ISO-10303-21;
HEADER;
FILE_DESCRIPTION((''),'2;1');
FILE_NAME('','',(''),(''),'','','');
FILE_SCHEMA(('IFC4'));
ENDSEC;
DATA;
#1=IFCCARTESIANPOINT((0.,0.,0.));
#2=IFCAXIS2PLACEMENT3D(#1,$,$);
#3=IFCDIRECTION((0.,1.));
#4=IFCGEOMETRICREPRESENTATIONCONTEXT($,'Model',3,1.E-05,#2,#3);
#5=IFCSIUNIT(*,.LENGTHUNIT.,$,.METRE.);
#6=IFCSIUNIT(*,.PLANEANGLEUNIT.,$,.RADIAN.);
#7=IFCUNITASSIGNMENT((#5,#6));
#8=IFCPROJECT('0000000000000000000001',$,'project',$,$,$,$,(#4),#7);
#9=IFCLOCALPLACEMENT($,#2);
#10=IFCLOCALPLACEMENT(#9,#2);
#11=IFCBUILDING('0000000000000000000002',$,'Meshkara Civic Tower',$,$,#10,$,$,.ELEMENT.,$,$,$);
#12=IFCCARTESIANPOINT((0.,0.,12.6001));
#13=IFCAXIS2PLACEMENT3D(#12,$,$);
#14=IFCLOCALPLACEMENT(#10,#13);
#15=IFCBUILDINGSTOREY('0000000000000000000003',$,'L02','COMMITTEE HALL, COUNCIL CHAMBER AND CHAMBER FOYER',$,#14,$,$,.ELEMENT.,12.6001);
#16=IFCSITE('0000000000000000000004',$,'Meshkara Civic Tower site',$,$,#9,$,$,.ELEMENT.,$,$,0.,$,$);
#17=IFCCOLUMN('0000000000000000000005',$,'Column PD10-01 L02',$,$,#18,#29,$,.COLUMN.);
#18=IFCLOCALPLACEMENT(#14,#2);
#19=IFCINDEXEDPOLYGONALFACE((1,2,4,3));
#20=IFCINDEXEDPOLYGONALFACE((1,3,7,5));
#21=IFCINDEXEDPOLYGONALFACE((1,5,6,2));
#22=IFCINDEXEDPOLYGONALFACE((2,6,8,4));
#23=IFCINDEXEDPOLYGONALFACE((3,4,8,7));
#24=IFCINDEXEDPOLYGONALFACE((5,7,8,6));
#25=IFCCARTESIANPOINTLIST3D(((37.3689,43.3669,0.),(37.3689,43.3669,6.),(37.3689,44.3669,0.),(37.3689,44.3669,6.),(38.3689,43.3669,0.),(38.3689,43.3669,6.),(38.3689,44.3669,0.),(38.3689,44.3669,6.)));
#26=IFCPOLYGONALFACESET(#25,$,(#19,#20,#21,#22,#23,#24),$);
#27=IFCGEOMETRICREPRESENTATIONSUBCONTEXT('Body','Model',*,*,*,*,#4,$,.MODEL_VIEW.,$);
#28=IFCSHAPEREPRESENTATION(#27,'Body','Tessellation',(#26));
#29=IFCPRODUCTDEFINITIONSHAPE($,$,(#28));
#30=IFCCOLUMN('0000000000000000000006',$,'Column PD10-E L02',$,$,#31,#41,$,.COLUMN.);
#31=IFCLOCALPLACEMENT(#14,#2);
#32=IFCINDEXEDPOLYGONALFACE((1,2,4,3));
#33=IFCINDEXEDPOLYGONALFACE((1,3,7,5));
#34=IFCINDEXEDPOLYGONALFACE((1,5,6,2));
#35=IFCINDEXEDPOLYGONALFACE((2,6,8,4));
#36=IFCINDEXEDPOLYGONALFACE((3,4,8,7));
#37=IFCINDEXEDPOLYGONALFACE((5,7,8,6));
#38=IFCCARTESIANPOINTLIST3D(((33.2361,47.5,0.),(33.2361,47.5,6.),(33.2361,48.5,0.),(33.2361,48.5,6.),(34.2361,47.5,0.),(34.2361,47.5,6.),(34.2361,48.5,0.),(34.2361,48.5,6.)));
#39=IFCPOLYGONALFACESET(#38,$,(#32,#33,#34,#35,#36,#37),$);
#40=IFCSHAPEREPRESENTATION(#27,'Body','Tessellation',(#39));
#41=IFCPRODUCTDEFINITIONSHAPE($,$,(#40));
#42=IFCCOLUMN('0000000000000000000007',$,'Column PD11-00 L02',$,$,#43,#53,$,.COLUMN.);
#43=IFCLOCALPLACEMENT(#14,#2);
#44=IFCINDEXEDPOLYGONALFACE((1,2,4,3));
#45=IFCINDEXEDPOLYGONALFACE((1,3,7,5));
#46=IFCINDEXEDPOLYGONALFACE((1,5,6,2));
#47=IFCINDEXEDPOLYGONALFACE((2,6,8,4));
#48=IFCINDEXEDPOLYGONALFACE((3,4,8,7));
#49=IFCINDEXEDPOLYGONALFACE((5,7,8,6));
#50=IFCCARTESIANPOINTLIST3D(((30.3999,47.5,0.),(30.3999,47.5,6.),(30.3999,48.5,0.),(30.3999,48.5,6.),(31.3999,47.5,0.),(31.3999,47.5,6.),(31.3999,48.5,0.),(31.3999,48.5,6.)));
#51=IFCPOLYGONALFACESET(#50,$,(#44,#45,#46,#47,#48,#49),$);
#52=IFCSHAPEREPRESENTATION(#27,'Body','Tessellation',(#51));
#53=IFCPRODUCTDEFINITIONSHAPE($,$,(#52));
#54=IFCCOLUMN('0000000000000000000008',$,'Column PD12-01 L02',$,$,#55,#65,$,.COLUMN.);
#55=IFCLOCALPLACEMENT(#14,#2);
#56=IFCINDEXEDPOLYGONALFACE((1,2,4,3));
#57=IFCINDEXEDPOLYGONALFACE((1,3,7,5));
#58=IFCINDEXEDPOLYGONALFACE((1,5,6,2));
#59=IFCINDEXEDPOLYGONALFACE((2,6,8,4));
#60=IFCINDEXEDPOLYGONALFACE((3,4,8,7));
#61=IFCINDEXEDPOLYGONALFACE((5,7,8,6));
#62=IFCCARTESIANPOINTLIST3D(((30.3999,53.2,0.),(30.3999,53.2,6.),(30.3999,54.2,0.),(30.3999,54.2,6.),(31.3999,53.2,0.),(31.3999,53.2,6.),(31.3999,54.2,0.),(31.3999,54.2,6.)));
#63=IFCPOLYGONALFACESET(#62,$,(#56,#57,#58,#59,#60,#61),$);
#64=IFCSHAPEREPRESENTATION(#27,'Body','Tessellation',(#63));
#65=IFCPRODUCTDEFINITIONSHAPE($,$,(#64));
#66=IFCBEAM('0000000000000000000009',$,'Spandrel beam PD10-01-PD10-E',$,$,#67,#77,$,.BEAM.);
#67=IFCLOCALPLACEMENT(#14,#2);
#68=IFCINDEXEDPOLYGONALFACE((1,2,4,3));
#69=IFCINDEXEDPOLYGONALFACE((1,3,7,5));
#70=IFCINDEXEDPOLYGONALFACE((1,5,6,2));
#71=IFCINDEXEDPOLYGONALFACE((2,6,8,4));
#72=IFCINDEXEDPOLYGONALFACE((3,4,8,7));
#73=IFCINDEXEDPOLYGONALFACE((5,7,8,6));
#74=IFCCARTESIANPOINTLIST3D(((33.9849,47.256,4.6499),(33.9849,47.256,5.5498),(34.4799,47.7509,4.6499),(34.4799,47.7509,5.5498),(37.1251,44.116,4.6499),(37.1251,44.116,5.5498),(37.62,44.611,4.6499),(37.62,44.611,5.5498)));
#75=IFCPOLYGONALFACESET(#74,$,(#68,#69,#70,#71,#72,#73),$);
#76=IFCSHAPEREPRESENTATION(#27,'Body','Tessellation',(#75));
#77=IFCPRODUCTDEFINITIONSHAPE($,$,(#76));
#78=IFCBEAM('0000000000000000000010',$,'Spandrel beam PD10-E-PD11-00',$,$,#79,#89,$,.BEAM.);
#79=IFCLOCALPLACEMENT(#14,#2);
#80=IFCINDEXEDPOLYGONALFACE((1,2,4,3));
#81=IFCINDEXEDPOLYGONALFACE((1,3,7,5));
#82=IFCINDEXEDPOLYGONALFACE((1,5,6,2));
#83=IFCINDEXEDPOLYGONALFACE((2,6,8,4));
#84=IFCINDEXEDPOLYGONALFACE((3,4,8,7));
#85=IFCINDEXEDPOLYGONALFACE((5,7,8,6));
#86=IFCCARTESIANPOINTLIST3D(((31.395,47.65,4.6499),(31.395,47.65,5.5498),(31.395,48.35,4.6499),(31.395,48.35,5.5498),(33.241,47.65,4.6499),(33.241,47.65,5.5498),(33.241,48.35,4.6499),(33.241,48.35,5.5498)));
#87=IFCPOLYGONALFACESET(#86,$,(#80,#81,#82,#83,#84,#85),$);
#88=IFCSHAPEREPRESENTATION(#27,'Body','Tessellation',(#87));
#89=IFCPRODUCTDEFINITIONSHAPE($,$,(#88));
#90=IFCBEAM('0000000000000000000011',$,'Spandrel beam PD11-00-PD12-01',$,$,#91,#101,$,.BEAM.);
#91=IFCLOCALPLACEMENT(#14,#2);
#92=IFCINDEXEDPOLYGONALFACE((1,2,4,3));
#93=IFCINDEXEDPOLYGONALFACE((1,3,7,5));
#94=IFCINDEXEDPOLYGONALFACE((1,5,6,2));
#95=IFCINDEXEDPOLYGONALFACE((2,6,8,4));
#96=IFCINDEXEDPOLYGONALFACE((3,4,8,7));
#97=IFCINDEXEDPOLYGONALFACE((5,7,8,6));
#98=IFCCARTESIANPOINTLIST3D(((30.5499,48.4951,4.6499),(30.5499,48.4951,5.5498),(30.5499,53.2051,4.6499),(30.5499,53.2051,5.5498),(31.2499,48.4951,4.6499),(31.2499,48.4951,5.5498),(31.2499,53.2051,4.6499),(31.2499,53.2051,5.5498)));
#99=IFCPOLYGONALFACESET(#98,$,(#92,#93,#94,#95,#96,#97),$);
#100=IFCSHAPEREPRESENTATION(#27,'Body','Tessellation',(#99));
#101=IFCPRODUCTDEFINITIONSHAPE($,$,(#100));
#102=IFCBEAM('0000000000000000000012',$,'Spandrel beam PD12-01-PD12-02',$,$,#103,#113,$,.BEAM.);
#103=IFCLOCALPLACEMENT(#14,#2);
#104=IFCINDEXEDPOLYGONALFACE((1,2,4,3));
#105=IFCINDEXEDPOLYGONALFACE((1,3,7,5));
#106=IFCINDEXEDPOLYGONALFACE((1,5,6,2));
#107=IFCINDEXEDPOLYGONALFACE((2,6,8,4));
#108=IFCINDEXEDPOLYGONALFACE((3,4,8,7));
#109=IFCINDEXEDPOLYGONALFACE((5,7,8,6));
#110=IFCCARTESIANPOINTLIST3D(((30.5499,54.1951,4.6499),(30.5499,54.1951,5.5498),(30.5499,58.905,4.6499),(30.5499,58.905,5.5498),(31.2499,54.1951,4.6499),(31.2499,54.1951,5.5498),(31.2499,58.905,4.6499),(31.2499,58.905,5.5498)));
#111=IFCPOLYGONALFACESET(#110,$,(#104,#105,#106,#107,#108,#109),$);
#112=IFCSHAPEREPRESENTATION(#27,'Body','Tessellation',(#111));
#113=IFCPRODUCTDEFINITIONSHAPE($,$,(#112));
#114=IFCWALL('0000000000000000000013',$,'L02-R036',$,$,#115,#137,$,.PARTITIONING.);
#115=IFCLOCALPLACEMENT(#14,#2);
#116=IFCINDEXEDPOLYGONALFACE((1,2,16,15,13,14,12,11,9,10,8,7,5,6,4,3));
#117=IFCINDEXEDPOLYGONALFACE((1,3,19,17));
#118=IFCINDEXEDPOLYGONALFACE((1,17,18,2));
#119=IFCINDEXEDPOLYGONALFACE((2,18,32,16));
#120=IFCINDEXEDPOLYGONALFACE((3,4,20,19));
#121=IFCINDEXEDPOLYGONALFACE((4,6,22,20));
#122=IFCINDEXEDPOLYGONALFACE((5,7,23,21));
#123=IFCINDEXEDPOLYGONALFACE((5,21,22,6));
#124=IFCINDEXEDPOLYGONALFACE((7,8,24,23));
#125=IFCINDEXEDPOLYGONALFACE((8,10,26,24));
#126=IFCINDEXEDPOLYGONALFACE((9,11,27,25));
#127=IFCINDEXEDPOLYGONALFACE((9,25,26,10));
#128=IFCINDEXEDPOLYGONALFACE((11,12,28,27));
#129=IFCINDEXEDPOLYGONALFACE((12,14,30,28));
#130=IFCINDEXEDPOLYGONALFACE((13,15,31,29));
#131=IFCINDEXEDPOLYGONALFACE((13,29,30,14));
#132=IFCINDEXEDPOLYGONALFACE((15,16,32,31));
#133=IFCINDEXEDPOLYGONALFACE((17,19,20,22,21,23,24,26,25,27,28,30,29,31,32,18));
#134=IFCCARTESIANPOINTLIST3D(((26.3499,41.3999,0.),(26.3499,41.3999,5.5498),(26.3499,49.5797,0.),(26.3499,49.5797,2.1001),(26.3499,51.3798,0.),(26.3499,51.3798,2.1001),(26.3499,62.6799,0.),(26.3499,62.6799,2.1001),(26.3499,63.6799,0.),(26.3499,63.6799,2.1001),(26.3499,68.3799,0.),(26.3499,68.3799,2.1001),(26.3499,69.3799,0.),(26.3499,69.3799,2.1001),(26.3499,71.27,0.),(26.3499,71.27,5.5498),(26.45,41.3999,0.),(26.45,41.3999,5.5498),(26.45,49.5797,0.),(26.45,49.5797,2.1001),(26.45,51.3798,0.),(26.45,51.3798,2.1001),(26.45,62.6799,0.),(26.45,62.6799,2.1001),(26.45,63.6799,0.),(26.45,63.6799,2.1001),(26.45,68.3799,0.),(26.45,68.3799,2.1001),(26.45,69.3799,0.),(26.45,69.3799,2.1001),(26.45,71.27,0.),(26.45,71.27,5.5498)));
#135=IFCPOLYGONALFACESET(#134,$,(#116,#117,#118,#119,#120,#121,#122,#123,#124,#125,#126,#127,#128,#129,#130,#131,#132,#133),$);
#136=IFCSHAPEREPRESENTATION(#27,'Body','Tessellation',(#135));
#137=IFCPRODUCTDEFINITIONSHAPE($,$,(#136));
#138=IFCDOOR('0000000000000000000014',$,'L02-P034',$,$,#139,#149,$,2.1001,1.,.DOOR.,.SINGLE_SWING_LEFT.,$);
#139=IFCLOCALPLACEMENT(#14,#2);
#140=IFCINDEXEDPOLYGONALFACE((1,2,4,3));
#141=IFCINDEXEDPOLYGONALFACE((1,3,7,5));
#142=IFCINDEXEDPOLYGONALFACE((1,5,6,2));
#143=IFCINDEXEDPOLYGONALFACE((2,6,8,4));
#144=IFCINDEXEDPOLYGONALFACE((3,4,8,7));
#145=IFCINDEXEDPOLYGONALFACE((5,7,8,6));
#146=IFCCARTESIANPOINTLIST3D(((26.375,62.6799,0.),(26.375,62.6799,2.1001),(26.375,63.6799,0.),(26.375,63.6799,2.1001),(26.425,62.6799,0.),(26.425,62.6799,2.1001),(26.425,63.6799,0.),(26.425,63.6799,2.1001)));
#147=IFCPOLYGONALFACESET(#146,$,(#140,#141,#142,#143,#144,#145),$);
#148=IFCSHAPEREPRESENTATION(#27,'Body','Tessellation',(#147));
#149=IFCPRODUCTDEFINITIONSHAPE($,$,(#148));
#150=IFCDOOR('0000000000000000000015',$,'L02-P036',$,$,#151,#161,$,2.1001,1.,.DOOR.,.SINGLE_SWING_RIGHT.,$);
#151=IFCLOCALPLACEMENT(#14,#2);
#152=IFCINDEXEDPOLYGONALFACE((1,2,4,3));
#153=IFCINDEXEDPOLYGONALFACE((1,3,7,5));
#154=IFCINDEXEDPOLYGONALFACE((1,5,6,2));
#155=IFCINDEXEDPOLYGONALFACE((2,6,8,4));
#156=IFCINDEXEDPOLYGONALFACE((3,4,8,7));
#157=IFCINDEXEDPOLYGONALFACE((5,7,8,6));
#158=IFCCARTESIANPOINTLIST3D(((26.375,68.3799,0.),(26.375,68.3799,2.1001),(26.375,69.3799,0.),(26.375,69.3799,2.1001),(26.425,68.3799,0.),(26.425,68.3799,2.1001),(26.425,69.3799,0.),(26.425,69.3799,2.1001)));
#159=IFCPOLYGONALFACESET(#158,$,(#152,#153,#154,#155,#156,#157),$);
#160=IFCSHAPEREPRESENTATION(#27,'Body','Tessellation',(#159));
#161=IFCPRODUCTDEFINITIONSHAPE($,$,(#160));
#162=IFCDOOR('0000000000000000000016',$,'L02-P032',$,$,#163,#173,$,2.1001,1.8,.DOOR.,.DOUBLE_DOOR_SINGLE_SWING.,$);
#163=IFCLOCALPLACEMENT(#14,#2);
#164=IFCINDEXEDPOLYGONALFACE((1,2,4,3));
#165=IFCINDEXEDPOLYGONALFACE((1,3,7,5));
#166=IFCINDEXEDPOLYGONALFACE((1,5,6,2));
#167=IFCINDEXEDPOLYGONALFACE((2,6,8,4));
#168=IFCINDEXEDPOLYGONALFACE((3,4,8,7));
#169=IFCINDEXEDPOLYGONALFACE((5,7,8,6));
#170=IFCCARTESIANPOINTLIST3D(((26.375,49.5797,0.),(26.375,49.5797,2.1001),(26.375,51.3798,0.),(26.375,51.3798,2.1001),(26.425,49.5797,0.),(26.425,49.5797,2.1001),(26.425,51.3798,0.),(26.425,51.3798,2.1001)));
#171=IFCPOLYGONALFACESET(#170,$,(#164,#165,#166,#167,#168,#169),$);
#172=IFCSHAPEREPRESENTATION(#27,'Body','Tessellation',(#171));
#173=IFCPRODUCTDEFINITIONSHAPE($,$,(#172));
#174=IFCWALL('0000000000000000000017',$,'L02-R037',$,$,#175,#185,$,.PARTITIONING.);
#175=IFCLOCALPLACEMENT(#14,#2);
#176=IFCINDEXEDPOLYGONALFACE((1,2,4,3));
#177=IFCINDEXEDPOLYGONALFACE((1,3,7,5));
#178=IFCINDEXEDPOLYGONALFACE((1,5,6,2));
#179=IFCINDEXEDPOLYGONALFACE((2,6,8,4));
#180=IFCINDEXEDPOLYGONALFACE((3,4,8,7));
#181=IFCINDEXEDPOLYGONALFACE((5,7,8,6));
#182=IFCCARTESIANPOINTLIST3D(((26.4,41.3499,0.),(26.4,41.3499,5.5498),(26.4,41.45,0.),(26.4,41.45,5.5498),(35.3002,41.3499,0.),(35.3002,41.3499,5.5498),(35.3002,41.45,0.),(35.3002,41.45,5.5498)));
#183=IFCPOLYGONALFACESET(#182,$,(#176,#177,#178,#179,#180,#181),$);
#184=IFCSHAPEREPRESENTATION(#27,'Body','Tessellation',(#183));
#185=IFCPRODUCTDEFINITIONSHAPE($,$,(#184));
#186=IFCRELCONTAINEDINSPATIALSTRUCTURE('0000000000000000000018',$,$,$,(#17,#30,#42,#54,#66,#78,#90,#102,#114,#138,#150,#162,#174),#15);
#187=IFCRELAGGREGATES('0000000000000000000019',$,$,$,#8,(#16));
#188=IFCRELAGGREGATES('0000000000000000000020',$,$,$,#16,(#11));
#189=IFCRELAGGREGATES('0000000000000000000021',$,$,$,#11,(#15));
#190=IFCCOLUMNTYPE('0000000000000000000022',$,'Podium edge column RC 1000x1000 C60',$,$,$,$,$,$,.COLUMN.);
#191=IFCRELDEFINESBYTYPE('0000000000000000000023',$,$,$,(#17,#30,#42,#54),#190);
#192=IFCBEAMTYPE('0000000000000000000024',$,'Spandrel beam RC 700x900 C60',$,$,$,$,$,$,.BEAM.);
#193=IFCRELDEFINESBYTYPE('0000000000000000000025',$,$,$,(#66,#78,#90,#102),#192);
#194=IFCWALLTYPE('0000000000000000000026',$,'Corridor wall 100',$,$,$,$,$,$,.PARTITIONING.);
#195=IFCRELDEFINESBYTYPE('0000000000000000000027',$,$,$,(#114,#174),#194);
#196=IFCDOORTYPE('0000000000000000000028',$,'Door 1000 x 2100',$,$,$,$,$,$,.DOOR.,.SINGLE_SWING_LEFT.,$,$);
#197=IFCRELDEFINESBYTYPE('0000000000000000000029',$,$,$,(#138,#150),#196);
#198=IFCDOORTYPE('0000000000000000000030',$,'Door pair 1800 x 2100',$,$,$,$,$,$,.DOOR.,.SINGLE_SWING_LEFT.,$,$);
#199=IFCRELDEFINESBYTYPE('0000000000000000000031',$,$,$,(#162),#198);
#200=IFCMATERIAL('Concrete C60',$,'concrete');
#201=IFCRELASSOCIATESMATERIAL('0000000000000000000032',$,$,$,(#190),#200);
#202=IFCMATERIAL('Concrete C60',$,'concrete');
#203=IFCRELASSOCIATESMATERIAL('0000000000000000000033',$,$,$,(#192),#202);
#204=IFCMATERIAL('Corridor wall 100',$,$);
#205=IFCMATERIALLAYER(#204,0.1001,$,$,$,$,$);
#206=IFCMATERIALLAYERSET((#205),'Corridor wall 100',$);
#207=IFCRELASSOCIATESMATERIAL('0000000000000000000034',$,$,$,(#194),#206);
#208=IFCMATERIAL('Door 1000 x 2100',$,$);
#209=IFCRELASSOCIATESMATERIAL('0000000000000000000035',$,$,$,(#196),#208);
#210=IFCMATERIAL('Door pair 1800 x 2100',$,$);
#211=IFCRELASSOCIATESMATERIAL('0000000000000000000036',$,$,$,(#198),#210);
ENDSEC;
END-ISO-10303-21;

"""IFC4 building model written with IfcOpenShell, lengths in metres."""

from ifc_helpers import new_model, si_unit, direction, frame, frame_2d, origin, origin_2d, place, context, subcontext, project, spatial, rectangle, extrude, material, layer, layer_set, material_profile, profile_set, type_object, element, fill, save


model = new_model("IFC4")

# Units and contexts
model_context = context("Model", 3, precision=1e-05, world=origin(), true_north=direction((0.0, 1.0)))
body_context = subcontext(model_context, "Body", "Model", "MODEL_VIEW")
ifc_project = project(units=[si_unit("LENGTHUNIT", "METRE"), si_unit("PLANEANGLEUNIT", "RADIAN")], contexts=[model_context])

# Site, building, storey
site_placement = place(None, origin())
site = spatial("IfcSite", under=ifc_project, at=site_placement, Name="Meshkara Civic Tower site", CompositionType="ELEMENT", RefElevation=0.0)
building_placement = place(site_placement, origin())
building = spatial("IfcBuilding", under=site, at=building_placement, Name="Meshkara Civic Tower", CompositionType="ELEMENT")
storey_placement = place(building_placement, frame((0.0, 0.0, 12.6001)))
storey = spatial("IfcBuildingStorey", under=building, at=storey_placement, Name="L02", Description="COMMITTEE HALL, COUNCIL CHAMBER AND CHAMBER FOYER", CompositionType="ELEMENT", Elevation=12.6001)

# Columns
ifc_material_1 = material(Name="Concrete C60", Category="concrete")
ifc_material_profile_1 = material_profile(ifc_material_1, rectangle(XDim=1.0, YDim=1.0, at=origin_2d()))
ifc_profile_set_1 = profile_set([ifc_material_profile_1], Name="Concrete C60")
column_type = type_object("IfcColumnType", Name="Podium edge column RC 1000x1000 C60", PredefinedType="COLUMN", material=ifc_profile_set_1)
for number, where, z_axis, x_axis, name in (
    (1, (37.8689, 43.8669, 0.0), (0.0, 0.0, 1.0), (1.0, 0.0, 0.0), "Column PD10-01 L02"),
    (2, (33.7361, 48.0, 0.0), (0.0, 0.0, 1.0), (1.0, 0.0, 0.0), "Column PD10-E L02"),
    (3, (30.8999, 48.0, 0.0), (0.0, 0.0, 1.0), (1.0, 0.0, 0.0), "Column PD11-00 L02"),
    (4, (30.8999, 53.7, 0.0), (0.0, 0.0, 1.0), (1.0, 0.0, 0.0), "Column PD12-01 L02"),
):
    element("IfcColumn", number, at=place(storey_placement, frame(where, z_axis=z_axis, x_axis=x_axis)), inside=storey, type_object=column_type, Name=name, PredefinedType="COLUMN", context=body_context, shape_type="SweptSolid", body=[
        extrude(rectangle(XDim=1.0, YDim=1.0, at=origin_2d()), origin(), (0.0, 0.0, 1.0), 6.0),
    ])

# Beams
ifc_material_2 = material(Name="Concrete C60", Category="concrete")
ifc_material_profile_2 = material_profile(ifc_material_2, rectangle(XDim=0.7, YDim=0.8999, at=origin_2d()))
ifc_profile_set_2 = profile_set([ifc_material_profile_2], Name="Concrete C60")
beam_type = type_object("IfcBeamType", Name="Spandrel beam RC 700x900 C60", PredefinedType="BEAM", material=ifc_profile_set_2)
beam_1_placement = place(storey_placement, frame((37.3726, 44.3635, 5.0999), z_axis=(-0.707134, 0.707079, 0.0), x_axis=(-0.707079, -0.707134, 0.0)))
element("IfcBeam", 5, at=beam_1_placement, inside=storey, type_object=beam_type, Name="Spandrel beam PD10-01-PD10-E", PredefinedType="BEAM", context=body_context, shape_type="SweptSolid", body=[
    extrude(rectangle(XDim=0.7, YDim=0.8999, at=origin_2d()), origin(), (0.0, 0.0, 1.0), 4.4407),
])
beam_2_placement = place(storey_placement, frame((33.241, 48.0, 5.0999), z_axis=(-1.0, 0.0, 0.0), x_axis=(0.0, -1.0, 0.0)))
element("IfcBeam", 6, at=beam_2_placement, inside=storey, type_object=beam_type, Name="Spandrel beam PD10-E-PD11-00", PredefinedType="BEAM", context=body_context, shape_type="SweptSolid", body=[
    extrude(rectangle(XDim=0.7, YDim=0.8999, at=origin_2d()), origin(), (0.0, 0.0, 1.0), 1.8459),
])
for number, where, z_axis, x_axis, name in (
    (7, (30.8999, 48.4951, 5.0999), (0.0, 1.0, 0.0), (-1.0, 0.0, 0.0), "Spandrel beam PD11-00-PD12-01"),
    (8, (30.8999, 54.1951, 5.0999), (0.0, 1.0, 0.0), (-1.0, 0.0, 0.0), "Spandrel beam PD12-01-PD12-02"),
):
    element("IfcBeam", number, at=place(storey_placement, frame(where, z_axis=z_axis, x_axis=x_axis)), inside=storey, type_object=beam_type, Name=name, PredefinedType="BEAM", context=body_context, shape_type="SweptSolid", body=[
        extrude(rectangle(XDim=0.7, YDim=0.8999, at=origin_2d()), origin(), (0.0, 0.0, 1.0), 4.71),
    ])

# Wall, openings, doors
ifc_material_3 = material(Name="Corridor wall 100")
ifc_layer_1 = layer(ifc_material_3, 0.1001)
ifc_layer_set_1 = layer_set([ifc_layer_1], Name="Corridor wall 100")
wall_type_1 = type_object("IfcWallType", Name="Corridor wall 100", PredefinedType="PARTITIONING", material=ifc_layer_set_1)
wall_1_placement = place(storey_placement, frame((26.3999, 41.3999, 0.0), z_axis=(0.0, 0.0, 1.0), x_axis=(0.0, 1.0, 0.0)))
wall_1 = element("IfcWall", 9, at=wall_1_placement, inside=storey, type_object=wall_type_1, Name="L02-R036", PredefinedType="PARTITIONING", context=body_context, shape_type="SweptSolid", body=[
    extrude(rectangle(XDim=29.8701, YDim=0.1001, at=frame_2d((14.9351, 0.0))), origin(), (0.0, 0.0, 1.0), 5.5498),
])
opening_1_placement = place(wall_1_placement, frame((8.1799, 0.0, 0.0)))
opening_1 = element("IfcOpeningElement", 10, at=opening_1_placement, cuts=wall_1, PredefinedType="OPENING", context=body_context, shape_type="SweptSolid", body=[
    extrude(rectangle(XDim=1.8, YDim=2.1001, at=frame_2d((0.8999, 1.05))), frame((0.0, 0.0601, 0.0), z_axis=(0.0, -1.0, 0.0), x_axis=(1.0, 0.0, 0.0)), (0.0, 0.0, 1.0), 0.1201),
])
opening_2_placement = place(wall_1_placement, frame((21.28, 0.0, 0.0)))
opening_2 = element("IfcOpeningElement", 11, at=opening_2_placement, cuts=wall_1, PredefinedType="OPENING", context=body_context, shape_type="SweptSolid", body=[
    extrude(rectangle(XDim=1.0, YDim=2.1001, at=frame_2d((0.5, 1.05))), frame((0.0, 0.0601, 0.0), z_axis=(0.0, -1.0, 0.0), x_axis=(1.0, 0.0, 0.0)), (0.0, 0.0, 1.0), 0.1201),
])
opening_3_placement = place(wall_1_placement, frame((26.98, 0.0, 0.0)))
opening_3 = element("IfcOpeningElement", 12, at=opening_3_placement, cuts=wall_1, PredefinedType="OPENING", context=body_context, shape_type="SweptSolid", body=[
    extrude(rectangle(XDim=1.0, YDim=2.1001, at=frame_2d((0.5, 1.05))), frame((0.0, 0.0601, 0.0), z_axis=(0.0, -1.0, 0.0), x_axis=(1.0, 0.0, 0.0)), (0.0, 0.0, 1.0), 0.1201),
])
ifc_material_4 = material(Name="Door 1000 x 2100")
door_type_1 = type_object("IfcDoorType", Name="Door 1000 x 2100", OperationType="SINGLE_SWING_LEFT", PredefinedType="DOOR", material=ifc_material_4)
door_1_placement = place(opening_2_placement, origin())
door_1 = element("IfcDoor", 13, at=door_1_placement, inside=storey, type_object=door_type_1, Name="L02-P034", OperationType="SINGLE_SWING_LEFT", OverallHeight=2.1001, OverallWidth=1.0, PredefinedType="DOOR", context=body_context, shape_type="SweptSolid", body=[
    extrude(rectangle(XDim=1.0, YDim=2.1001, at=frame_2d((0.5, 1.05))), frame((0.0, 0.0249, 0.0), z_axis=(0.0, -1.0, 0.0), x_axis=(1.0, 0.0, 0.0)), (0.0, 0.0, 1.0), 0.05),
])
fill(opening_2, door_1)
door_2_placement = place(opening_3_placement, origin())
door_2 = element("IfcDoor", 14, at=door_2_placement, inside=storey, type_object=door_type_1, Name="L02-P036", OperationType="SINGLE_SWING_RIGHT", OverallHeight=2.1001, OverallWidth=1.0, PredefinedType="DOOR", context=body_context, shape_type="SweptSolid", body=[
    extrude(rectangle(XDim=1.0, YDim=2.1001, at=frame_2d((0.5, 1.05))), frame((0.0, 0.0249, 0.0), z_axis=(0.0, -1.0, 0.0), x_axis=(1.0, 0.0, 0.0)), (0.0, 0.0, 1.0), 0.05),
])
fill(opening_3, door_2)
ifc_material_5 = material(Name="Door pair 1800 x 2100")
door_type_2 = type_object("IfcDoorType", Name="Door pair 1800 x 2100", OperationType="SINGLE_SWING_LEFT", PredefinedType="DOOR", material=ifc_material_5)
door_3_placement = place(opening_1_placement, origin())
door_3 = element("IfcDoor", 15, at=door_3_placement, inside=storey, type_object=door_type_2, Name="L02-P032", OperationType="DOUBLE_DOOR_SINGLE_SWING", OverallHeight=2.1001, OverallWidth=1.8, PredefinedType="DOOR", context=body_context, shape_type="SweptSolid", body=[
    extrude(rectangle(XDim=1.8, YDim=2.1001, at=frame_2d((0.8999, 1.05))), frame((0.0, 0.0249, 0.0), z_axis=(0.0, -1.0, 0.0), x_axis=(1.0, 0.0, 0.0)), (0.0, 0.0, 1.0), 0.05),
])
fill(opening_1, door_3)

# Wall
wall_2_placement = place(storey_placement, frame((26.3999, 41.3999, 0.0), z_axis=(0.0, 0.0, 1.0), x_axis=(1.0, 0.0, 0.0)))
element("IfcWall", 16, at=wall_2_placement, inside=storey, type_object=wall_type_1, Name="L02-R037", PredefinedType="PARTITIONING", context=body_context, shape_type="SweptSolid", body=[
    extrude(rectangle(XDim=8.9001, YDim=0.1001, at=frame_2d((4.4502, 0.0))), origin(), (0.0, 0.0, 1.0), 5.5498),
])

save(model, "model.ifc")
